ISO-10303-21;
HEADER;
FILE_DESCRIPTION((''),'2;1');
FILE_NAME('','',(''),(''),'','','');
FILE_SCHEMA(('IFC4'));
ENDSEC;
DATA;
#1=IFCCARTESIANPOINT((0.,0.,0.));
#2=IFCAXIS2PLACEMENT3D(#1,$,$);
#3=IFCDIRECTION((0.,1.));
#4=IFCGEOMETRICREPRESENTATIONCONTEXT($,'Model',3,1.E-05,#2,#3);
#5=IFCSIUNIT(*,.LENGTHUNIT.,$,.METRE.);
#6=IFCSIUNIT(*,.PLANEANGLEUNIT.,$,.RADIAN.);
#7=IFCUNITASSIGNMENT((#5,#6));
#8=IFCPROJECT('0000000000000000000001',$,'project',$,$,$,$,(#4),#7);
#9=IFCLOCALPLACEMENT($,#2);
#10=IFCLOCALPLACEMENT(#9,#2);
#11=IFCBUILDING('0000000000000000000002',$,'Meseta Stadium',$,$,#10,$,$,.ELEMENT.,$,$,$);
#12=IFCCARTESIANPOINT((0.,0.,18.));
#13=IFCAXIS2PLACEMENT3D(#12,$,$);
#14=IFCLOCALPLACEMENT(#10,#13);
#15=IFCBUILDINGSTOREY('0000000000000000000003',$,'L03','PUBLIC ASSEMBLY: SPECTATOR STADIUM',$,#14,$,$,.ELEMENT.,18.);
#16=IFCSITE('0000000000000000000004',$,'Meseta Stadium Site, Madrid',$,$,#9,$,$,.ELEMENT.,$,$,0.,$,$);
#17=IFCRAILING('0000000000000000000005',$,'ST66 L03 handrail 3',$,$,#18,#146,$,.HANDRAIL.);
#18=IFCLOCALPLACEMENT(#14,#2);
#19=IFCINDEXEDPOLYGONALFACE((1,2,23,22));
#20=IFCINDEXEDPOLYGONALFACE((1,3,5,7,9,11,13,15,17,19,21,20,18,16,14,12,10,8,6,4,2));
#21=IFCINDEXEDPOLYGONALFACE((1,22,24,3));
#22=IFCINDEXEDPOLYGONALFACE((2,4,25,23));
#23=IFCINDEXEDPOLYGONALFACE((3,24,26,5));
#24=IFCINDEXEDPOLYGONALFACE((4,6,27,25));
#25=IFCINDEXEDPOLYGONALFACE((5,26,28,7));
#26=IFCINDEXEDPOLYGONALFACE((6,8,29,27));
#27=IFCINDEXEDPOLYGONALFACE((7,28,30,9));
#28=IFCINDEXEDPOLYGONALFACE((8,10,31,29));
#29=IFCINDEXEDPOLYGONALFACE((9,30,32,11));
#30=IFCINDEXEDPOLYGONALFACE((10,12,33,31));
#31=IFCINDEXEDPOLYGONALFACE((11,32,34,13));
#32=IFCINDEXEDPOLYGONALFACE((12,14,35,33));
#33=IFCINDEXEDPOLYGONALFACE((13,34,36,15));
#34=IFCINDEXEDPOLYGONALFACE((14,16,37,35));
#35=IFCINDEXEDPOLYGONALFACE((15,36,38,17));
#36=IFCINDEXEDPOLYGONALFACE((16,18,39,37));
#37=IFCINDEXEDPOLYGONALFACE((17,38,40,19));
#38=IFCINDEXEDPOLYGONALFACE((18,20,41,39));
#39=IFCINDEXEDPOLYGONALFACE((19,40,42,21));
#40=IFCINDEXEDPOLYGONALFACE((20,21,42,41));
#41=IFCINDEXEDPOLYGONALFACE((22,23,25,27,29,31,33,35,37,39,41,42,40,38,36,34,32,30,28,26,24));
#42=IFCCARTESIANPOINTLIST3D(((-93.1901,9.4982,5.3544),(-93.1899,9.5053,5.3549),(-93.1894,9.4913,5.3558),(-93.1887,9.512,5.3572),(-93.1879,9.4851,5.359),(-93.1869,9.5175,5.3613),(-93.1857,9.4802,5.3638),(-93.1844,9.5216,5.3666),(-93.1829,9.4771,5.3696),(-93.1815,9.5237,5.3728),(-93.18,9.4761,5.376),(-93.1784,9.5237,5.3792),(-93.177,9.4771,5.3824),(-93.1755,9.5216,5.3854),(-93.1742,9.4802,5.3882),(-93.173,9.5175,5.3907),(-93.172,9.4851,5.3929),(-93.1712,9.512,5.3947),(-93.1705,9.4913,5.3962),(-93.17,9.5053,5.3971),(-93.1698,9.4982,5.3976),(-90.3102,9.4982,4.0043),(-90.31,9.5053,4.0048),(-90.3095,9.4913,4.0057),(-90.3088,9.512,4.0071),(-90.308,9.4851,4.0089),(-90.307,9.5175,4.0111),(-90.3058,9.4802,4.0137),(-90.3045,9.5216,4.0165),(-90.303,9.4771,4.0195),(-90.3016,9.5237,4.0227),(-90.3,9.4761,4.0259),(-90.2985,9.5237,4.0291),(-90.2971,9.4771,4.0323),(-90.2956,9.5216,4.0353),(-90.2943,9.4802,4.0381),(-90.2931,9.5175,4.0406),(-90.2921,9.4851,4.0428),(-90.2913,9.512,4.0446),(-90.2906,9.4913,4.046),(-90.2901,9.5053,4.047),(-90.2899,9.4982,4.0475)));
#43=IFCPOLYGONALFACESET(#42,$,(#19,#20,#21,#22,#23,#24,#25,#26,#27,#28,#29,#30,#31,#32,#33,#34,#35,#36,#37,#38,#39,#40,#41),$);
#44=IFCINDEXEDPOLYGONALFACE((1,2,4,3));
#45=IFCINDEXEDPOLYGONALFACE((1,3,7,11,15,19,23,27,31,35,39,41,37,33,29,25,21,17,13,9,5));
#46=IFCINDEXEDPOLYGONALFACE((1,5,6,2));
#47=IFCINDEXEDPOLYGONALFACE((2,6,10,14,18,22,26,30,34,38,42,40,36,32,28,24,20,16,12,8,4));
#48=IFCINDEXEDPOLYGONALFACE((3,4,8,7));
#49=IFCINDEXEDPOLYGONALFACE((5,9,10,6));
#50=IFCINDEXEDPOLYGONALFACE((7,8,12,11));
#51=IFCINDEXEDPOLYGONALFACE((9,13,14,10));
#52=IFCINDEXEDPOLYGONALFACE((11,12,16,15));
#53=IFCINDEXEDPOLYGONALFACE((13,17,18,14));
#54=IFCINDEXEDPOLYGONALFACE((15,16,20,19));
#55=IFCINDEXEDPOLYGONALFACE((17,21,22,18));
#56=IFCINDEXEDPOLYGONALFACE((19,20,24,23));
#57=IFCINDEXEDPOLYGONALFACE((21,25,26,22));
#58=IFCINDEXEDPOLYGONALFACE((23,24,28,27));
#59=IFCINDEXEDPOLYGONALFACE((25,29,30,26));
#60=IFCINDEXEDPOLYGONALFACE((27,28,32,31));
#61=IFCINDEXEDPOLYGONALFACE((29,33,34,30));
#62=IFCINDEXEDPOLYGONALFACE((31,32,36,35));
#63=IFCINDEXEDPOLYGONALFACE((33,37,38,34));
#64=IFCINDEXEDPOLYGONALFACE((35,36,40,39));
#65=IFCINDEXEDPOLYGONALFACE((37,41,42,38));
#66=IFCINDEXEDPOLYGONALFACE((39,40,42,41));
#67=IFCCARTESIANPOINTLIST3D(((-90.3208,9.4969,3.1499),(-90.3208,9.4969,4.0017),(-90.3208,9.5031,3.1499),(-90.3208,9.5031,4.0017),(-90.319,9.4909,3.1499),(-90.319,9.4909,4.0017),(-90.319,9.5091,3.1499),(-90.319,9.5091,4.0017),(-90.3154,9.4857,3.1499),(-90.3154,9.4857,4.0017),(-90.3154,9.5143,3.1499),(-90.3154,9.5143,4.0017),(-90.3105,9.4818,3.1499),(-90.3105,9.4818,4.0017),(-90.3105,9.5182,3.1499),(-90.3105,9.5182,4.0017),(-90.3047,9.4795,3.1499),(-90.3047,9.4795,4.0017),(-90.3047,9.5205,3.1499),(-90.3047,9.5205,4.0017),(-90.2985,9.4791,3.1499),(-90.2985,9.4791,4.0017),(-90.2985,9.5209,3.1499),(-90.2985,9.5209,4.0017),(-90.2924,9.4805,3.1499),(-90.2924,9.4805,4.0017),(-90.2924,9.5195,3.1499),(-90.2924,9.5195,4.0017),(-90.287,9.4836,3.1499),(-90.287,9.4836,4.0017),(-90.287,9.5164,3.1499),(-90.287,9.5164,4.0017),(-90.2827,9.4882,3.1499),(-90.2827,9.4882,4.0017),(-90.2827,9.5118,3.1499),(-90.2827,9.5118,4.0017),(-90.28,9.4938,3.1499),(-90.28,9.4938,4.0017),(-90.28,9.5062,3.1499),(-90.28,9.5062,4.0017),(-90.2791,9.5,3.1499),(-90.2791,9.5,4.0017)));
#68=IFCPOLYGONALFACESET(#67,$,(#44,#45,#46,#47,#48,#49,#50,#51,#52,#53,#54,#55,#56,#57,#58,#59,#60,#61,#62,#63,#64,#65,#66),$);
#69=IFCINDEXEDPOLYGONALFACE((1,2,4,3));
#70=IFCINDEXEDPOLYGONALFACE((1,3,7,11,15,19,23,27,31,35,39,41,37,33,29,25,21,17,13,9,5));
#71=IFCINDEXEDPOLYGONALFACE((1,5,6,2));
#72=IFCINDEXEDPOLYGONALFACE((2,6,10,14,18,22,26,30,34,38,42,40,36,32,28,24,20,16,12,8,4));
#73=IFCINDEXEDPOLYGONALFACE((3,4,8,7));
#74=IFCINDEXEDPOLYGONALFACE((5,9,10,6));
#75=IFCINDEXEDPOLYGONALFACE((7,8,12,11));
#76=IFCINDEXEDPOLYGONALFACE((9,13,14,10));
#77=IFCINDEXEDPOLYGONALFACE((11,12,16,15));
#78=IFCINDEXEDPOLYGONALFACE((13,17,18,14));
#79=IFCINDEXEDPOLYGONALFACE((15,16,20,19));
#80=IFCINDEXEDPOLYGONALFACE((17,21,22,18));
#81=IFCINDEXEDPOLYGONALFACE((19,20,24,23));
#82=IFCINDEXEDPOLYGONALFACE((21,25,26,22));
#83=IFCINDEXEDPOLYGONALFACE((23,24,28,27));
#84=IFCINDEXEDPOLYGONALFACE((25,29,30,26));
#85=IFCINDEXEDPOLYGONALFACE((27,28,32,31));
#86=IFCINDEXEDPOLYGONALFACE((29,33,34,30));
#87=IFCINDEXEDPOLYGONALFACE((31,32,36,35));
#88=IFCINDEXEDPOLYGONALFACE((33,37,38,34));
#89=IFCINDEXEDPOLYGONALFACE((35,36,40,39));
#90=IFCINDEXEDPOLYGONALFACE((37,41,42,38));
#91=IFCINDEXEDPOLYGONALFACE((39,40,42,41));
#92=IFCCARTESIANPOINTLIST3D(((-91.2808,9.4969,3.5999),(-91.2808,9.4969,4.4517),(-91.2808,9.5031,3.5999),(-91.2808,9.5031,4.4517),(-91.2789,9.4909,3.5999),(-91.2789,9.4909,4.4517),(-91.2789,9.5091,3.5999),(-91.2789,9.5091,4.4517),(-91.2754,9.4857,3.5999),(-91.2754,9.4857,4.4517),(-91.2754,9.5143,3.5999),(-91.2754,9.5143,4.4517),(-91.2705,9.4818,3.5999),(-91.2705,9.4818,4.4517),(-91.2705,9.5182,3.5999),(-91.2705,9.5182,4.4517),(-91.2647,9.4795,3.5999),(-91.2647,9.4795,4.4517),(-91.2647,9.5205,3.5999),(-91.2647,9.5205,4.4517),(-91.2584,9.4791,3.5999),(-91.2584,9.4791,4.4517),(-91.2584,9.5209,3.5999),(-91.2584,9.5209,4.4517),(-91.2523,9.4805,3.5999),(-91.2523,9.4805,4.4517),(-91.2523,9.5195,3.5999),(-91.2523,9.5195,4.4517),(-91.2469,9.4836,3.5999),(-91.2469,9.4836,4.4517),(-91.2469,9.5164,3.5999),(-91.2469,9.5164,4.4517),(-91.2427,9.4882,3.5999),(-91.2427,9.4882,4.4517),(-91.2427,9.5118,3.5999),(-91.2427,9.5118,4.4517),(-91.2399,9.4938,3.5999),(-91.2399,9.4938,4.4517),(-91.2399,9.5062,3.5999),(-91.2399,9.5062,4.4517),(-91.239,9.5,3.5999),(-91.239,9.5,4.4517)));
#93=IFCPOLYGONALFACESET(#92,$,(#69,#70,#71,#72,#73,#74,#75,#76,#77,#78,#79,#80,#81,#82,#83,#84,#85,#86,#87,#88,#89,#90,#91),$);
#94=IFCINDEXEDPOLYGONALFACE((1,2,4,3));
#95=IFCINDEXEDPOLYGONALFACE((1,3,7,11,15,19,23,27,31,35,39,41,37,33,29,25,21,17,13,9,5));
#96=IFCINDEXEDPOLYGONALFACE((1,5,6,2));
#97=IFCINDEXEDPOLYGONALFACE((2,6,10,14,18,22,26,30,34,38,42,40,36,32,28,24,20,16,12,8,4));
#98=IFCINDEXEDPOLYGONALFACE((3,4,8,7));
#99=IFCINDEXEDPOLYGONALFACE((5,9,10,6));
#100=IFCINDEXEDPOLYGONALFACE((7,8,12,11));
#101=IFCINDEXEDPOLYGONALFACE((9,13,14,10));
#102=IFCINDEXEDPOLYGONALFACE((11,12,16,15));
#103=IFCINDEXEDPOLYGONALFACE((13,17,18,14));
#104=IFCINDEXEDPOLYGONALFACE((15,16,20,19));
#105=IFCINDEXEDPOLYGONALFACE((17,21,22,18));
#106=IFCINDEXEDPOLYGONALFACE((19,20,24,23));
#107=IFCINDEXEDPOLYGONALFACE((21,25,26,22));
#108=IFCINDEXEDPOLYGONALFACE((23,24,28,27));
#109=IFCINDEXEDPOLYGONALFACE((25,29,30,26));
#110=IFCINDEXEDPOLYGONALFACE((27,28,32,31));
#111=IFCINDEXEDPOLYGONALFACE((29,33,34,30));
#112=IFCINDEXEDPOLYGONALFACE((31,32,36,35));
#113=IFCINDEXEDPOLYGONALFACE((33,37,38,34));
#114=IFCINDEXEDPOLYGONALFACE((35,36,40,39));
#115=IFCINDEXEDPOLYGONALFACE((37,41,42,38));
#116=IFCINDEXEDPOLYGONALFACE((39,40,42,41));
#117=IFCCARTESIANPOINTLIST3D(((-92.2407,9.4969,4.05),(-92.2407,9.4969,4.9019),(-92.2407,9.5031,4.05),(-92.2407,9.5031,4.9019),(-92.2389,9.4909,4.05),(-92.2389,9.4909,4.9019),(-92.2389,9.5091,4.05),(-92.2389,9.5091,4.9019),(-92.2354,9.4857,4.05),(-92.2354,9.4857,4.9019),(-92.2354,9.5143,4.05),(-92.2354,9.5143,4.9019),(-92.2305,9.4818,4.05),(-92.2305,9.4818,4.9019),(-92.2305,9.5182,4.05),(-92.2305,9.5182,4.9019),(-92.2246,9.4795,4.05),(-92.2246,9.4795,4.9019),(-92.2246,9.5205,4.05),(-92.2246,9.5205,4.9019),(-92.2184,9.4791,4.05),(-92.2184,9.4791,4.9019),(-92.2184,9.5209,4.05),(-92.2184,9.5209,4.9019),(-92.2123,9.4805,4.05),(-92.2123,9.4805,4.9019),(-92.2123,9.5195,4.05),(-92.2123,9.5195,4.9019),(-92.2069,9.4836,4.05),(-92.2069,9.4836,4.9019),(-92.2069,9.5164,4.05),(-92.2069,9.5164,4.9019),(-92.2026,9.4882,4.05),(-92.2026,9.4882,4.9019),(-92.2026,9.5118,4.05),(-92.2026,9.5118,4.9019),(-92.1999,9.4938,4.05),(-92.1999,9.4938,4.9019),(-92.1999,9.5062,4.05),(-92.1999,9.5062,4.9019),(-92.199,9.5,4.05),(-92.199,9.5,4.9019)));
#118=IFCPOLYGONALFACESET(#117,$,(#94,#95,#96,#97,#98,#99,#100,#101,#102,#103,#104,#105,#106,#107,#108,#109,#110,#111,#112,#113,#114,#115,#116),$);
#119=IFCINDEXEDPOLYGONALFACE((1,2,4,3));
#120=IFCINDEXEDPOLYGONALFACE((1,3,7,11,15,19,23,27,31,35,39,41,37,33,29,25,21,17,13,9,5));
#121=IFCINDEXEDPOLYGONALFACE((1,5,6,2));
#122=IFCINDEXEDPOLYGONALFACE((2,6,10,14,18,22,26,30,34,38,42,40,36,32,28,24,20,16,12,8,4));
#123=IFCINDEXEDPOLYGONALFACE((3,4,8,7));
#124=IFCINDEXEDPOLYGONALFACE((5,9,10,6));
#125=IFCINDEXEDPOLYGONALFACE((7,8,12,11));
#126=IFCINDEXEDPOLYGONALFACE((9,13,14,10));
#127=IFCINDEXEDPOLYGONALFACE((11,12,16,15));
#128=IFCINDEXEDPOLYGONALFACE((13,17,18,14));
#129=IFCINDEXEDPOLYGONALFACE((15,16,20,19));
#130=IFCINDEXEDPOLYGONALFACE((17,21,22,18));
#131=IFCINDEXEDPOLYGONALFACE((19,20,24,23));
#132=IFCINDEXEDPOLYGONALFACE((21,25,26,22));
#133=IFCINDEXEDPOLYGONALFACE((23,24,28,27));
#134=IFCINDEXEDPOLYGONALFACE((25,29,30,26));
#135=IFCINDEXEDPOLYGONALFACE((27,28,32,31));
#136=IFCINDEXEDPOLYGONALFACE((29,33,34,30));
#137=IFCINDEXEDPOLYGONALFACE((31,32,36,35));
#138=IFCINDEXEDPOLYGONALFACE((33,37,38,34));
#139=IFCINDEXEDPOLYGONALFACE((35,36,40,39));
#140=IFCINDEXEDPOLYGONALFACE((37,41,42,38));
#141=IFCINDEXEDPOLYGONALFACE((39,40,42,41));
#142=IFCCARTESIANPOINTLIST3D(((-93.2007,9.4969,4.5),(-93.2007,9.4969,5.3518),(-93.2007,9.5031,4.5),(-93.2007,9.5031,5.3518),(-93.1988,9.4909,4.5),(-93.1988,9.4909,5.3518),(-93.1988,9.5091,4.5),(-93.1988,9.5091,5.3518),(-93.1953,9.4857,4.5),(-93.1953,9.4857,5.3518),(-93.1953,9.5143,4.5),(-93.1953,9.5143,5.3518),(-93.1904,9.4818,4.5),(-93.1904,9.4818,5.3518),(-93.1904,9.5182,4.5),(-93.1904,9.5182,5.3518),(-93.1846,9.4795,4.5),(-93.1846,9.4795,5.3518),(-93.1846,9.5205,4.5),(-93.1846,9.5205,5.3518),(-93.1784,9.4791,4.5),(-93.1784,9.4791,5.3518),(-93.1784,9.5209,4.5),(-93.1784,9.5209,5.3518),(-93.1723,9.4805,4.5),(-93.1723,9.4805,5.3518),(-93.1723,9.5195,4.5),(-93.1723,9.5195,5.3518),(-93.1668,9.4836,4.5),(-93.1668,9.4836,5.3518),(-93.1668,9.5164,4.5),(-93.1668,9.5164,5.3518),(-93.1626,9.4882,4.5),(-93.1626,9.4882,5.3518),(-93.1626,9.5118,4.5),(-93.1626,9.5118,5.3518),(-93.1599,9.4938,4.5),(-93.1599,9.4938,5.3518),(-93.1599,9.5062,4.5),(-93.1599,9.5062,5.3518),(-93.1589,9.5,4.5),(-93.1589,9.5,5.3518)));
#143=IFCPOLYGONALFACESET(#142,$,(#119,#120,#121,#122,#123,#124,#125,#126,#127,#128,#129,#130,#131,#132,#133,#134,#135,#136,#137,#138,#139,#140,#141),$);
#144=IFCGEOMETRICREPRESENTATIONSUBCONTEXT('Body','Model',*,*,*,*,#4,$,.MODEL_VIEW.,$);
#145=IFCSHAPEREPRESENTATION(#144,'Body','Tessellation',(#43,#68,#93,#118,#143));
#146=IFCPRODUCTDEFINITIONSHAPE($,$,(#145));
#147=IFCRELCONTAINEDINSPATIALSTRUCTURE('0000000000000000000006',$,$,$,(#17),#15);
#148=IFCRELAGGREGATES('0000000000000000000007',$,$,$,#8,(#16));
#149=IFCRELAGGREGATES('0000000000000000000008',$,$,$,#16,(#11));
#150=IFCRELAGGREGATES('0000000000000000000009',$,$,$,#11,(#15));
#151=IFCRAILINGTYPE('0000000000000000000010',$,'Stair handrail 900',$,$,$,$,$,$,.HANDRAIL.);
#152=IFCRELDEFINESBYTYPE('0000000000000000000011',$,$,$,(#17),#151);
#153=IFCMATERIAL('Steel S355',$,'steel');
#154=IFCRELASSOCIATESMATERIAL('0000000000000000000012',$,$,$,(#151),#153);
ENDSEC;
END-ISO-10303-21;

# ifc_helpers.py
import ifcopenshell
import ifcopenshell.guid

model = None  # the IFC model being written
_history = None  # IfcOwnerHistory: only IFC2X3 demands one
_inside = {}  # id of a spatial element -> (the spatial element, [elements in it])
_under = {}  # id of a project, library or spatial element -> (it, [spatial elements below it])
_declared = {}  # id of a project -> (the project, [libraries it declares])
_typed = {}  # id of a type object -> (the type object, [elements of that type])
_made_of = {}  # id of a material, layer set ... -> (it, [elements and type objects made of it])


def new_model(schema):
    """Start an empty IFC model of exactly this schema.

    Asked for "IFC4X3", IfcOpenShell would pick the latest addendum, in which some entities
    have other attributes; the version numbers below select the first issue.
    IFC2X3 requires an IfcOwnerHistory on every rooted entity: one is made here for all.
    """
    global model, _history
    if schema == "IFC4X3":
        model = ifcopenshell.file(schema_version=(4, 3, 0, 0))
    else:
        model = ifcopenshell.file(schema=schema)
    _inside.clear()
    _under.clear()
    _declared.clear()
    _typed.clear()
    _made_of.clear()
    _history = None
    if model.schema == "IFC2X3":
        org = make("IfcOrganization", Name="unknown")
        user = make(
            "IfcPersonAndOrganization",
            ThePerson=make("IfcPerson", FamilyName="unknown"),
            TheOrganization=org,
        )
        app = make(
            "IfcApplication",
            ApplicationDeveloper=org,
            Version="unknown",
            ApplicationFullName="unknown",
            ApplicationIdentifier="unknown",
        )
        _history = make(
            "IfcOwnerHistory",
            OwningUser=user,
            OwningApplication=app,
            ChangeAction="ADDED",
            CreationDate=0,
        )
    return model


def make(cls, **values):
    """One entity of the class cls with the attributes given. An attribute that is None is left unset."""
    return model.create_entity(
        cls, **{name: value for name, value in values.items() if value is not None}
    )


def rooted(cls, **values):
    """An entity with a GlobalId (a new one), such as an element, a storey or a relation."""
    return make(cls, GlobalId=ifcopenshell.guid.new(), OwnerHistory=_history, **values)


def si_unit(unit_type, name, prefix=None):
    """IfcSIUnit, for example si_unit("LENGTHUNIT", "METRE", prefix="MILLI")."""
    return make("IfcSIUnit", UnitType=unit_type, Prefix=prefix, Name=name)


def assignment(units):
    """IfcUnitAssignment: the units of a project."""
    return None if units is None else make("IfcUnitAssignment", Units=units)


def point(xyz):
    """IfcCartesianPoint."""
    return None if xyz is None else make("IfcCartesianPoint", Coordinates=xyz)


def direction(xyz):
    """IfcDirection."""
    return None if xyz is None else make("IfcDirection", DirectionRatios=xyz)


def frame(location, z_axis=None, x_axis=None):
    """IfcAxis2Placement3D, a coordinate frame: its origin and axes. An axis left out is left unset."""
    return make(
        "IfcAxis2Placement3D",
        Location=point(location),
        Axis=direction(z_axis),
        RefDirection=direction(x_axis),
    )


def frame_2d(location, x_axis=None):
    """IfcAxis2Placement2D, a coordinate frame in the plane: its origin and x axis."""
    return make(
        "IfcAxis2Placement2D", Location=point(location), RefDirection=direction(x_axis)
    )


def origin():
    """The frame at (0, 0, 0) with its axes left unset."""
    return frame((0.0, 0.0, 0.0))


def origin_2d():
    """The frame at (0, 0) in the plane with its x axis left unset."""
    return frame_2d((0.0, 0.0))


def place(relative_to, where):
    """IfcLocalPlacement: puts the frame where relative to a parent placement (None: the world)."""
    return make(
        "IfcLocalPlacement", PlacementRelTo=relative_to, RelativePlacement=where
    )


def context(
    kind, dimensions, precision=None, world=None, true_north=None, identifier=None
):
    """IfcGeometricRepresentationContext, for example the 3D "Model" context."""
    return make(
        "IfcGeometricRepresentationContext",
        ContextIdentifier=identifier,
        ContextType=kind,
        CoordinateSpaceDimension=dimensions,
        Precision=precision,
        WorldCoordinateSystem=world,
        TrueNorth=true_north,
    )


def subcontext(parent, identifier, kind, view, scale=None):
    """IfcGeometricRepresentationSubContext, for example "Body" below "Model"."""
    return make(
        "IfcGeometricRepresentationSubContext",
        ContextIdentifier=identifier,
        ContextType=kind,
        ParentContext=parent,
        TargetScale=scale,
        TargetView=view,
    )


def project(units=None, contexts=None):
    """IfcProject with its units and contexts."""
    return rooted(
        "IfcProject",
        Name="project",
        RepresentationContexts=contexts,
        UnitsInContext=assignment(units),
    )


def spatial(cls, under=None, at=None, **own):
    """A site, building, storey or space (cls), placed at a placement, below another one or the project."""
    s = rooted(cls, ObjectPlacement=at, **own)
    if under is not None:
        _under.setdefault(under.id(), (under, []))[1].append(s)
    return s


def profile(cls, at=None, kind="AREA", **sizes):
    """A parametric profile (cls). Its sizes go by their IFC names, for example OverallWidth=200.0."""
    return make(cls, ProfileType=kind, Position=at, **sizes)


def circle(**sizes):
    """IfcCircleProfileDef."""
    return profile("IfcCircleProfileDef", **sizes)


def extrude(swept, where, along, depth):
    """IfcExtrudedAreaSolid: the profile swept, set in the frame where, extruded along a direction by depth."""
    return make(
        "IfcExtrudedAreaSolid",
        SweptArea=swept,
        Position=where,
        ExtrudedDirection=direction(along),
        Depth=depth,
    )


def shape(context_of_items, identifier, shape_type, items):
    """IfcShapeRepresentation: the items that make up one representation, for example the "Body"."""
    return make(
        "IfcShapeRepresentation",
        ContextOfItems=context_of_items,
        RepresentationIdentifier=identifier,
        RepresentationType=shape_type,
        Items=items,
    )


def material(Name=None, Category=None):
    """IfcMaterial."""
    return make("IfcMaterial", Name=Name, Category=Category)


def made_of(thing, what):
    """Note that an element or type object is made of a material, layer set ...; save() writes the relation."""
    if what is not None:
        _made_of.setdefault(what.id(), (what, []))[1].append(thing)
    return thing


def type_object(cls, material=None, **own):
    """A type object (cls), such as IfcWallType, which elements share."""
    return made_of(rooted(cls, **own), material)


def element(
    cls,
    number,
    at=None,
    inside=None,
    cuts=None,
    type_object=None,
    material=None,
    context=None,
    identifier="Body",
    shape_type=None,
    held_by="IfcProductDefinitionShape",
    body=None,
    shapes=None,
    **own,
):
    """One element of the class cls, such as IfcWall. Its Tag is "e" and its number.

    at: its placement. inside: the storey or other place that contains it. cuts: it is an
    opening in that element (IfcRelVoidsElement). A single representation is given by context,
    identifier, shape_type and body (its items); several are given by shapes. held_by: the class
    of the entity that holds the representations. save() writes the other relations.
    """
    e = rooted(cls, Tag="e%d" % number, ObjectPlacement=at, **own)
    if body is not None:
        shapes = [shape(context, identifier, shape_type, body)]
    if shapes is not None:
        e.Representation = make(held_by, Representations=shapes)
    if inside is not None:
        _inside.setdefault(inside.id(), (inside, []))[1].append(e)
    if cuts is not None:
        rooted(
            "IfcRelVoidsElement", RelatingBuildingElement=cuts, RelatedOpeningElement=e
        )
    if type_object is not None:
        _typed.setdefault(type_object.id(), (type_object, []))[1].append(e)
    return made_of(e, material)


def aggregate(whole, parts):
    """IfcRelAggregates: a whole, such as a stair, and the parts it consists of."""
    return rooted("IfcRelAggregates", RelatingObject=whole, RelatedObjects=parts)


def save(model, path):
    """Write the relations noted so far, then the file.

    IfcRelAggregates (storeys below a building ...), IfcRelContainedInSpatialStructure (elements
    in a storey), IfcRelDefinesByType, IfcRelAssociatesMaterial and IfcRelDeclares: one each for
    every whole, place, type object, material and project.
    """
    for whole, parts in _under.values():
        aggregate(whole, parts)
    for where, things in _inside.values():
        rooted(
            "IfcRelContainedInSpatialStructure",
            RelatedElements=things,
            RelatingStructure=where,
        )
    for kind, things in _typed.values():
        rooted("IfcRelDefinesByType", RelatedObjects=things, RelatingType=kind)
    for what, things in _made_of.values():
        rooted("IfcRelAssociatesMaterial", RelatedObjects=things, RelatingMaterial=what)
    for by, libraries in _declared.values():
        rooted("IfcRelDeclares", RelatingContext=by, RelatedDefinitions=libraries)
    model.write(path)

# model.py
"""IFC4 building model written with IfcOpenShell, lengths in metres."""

from ifc_helpers import new_model, si_unit, direction, frame, origin, origin_2d, place, context, subcontext, project, spatial, circle, extrude, material, type_object, element, save


model = new_model("IFC4")

# Units and contexts
model_context = context("Model", 3, precision=1e-05, world=origin(), true_north=direction((0.0, 1.0)))
body_context = subcontext(model_context, "Body", "Model", "MODEL_VIEW")
ifc_project = project(units=[si_unit("LENGTHUNIT", "METRE"), si_unit("PLANEANGLEUNIT", "RADIAN")], contexts=[model_context])

# Site, building, storey
site_placement = place(None, origin())
site = spatial("IfcSite", under=ifc_project, at=site_placement, Name="Meseta Stadium Site, Madrid", CompositionType="ELEMENT", RefElevation=0.0)
building_placement = place(site_placement, origin())
building = spatial("IfcBuilding", under=site, at=building_placement, Name="Meseta Stadium", CompositionType="ELEMENT")
storey_placement = place(building_placement, frame((0.0, 0.0, 18.0)))
storey = spatial("IfcBuildingStorey", under=building, at=storey_placement, Name="L03", Description="PUBLIC ASSEMBLY: SPECTATOR STADIUM", CompositionType="ELEMENT", Elevation=18.0)

# Railing
ifc_material_1 = material(Name="Steel S355", Category="steel")
railing_type_1 = type_object("IfcRailingType", Name="Stair handrail 900", PredefinedType="HANDRAIL", material=ifc_material_1)
for number, where, name in (
    (1, (-90.3, 9.5, 3.1499), "ST66 L03 handrail 3"),
):
    element("IfcRailing", number, at=place(storey_placement, frame(where)), inside=storey, type_object=railing_type_1, Name=name, PredefinedType="HANDRAIL", context=body_context, shape_type="SweptSolid", body=[
        extrude(circle(Radius=0.0239, at=origin_2d()), frame((0.0, 0.0, 0.876), z_axis=(-0.90544, 0.0, 0.424473), x_axis=(0.0, -1.0, 0.0)), (0.0, 0.0, 1.0), 3.1807),
        extrude(circle(Radius=0.021, at=origin_2d()), origin(), (0.0, 0.0, 1.0), 0.8518),
        extrude(circle(Radius=0.021, at=origin_2d()), frame((-0.96, 0.0, 0.45)), (0.0, 0.0, 1.0), 0.8518),
        extrude(circle(Radius=0.021, at=origin_2d()), frame((-1.9199, 0.0, 0.9001)), (0.0, 0.0, 1.0), 0.8518),
        extrude(circle(Radius=0.021, at=origin_2d()), frame((-2.8799, 0.0, 1.3501)), (0.0, 0.0, 1.0), 0.8518),
    ])

save(model, "model.ifc")
